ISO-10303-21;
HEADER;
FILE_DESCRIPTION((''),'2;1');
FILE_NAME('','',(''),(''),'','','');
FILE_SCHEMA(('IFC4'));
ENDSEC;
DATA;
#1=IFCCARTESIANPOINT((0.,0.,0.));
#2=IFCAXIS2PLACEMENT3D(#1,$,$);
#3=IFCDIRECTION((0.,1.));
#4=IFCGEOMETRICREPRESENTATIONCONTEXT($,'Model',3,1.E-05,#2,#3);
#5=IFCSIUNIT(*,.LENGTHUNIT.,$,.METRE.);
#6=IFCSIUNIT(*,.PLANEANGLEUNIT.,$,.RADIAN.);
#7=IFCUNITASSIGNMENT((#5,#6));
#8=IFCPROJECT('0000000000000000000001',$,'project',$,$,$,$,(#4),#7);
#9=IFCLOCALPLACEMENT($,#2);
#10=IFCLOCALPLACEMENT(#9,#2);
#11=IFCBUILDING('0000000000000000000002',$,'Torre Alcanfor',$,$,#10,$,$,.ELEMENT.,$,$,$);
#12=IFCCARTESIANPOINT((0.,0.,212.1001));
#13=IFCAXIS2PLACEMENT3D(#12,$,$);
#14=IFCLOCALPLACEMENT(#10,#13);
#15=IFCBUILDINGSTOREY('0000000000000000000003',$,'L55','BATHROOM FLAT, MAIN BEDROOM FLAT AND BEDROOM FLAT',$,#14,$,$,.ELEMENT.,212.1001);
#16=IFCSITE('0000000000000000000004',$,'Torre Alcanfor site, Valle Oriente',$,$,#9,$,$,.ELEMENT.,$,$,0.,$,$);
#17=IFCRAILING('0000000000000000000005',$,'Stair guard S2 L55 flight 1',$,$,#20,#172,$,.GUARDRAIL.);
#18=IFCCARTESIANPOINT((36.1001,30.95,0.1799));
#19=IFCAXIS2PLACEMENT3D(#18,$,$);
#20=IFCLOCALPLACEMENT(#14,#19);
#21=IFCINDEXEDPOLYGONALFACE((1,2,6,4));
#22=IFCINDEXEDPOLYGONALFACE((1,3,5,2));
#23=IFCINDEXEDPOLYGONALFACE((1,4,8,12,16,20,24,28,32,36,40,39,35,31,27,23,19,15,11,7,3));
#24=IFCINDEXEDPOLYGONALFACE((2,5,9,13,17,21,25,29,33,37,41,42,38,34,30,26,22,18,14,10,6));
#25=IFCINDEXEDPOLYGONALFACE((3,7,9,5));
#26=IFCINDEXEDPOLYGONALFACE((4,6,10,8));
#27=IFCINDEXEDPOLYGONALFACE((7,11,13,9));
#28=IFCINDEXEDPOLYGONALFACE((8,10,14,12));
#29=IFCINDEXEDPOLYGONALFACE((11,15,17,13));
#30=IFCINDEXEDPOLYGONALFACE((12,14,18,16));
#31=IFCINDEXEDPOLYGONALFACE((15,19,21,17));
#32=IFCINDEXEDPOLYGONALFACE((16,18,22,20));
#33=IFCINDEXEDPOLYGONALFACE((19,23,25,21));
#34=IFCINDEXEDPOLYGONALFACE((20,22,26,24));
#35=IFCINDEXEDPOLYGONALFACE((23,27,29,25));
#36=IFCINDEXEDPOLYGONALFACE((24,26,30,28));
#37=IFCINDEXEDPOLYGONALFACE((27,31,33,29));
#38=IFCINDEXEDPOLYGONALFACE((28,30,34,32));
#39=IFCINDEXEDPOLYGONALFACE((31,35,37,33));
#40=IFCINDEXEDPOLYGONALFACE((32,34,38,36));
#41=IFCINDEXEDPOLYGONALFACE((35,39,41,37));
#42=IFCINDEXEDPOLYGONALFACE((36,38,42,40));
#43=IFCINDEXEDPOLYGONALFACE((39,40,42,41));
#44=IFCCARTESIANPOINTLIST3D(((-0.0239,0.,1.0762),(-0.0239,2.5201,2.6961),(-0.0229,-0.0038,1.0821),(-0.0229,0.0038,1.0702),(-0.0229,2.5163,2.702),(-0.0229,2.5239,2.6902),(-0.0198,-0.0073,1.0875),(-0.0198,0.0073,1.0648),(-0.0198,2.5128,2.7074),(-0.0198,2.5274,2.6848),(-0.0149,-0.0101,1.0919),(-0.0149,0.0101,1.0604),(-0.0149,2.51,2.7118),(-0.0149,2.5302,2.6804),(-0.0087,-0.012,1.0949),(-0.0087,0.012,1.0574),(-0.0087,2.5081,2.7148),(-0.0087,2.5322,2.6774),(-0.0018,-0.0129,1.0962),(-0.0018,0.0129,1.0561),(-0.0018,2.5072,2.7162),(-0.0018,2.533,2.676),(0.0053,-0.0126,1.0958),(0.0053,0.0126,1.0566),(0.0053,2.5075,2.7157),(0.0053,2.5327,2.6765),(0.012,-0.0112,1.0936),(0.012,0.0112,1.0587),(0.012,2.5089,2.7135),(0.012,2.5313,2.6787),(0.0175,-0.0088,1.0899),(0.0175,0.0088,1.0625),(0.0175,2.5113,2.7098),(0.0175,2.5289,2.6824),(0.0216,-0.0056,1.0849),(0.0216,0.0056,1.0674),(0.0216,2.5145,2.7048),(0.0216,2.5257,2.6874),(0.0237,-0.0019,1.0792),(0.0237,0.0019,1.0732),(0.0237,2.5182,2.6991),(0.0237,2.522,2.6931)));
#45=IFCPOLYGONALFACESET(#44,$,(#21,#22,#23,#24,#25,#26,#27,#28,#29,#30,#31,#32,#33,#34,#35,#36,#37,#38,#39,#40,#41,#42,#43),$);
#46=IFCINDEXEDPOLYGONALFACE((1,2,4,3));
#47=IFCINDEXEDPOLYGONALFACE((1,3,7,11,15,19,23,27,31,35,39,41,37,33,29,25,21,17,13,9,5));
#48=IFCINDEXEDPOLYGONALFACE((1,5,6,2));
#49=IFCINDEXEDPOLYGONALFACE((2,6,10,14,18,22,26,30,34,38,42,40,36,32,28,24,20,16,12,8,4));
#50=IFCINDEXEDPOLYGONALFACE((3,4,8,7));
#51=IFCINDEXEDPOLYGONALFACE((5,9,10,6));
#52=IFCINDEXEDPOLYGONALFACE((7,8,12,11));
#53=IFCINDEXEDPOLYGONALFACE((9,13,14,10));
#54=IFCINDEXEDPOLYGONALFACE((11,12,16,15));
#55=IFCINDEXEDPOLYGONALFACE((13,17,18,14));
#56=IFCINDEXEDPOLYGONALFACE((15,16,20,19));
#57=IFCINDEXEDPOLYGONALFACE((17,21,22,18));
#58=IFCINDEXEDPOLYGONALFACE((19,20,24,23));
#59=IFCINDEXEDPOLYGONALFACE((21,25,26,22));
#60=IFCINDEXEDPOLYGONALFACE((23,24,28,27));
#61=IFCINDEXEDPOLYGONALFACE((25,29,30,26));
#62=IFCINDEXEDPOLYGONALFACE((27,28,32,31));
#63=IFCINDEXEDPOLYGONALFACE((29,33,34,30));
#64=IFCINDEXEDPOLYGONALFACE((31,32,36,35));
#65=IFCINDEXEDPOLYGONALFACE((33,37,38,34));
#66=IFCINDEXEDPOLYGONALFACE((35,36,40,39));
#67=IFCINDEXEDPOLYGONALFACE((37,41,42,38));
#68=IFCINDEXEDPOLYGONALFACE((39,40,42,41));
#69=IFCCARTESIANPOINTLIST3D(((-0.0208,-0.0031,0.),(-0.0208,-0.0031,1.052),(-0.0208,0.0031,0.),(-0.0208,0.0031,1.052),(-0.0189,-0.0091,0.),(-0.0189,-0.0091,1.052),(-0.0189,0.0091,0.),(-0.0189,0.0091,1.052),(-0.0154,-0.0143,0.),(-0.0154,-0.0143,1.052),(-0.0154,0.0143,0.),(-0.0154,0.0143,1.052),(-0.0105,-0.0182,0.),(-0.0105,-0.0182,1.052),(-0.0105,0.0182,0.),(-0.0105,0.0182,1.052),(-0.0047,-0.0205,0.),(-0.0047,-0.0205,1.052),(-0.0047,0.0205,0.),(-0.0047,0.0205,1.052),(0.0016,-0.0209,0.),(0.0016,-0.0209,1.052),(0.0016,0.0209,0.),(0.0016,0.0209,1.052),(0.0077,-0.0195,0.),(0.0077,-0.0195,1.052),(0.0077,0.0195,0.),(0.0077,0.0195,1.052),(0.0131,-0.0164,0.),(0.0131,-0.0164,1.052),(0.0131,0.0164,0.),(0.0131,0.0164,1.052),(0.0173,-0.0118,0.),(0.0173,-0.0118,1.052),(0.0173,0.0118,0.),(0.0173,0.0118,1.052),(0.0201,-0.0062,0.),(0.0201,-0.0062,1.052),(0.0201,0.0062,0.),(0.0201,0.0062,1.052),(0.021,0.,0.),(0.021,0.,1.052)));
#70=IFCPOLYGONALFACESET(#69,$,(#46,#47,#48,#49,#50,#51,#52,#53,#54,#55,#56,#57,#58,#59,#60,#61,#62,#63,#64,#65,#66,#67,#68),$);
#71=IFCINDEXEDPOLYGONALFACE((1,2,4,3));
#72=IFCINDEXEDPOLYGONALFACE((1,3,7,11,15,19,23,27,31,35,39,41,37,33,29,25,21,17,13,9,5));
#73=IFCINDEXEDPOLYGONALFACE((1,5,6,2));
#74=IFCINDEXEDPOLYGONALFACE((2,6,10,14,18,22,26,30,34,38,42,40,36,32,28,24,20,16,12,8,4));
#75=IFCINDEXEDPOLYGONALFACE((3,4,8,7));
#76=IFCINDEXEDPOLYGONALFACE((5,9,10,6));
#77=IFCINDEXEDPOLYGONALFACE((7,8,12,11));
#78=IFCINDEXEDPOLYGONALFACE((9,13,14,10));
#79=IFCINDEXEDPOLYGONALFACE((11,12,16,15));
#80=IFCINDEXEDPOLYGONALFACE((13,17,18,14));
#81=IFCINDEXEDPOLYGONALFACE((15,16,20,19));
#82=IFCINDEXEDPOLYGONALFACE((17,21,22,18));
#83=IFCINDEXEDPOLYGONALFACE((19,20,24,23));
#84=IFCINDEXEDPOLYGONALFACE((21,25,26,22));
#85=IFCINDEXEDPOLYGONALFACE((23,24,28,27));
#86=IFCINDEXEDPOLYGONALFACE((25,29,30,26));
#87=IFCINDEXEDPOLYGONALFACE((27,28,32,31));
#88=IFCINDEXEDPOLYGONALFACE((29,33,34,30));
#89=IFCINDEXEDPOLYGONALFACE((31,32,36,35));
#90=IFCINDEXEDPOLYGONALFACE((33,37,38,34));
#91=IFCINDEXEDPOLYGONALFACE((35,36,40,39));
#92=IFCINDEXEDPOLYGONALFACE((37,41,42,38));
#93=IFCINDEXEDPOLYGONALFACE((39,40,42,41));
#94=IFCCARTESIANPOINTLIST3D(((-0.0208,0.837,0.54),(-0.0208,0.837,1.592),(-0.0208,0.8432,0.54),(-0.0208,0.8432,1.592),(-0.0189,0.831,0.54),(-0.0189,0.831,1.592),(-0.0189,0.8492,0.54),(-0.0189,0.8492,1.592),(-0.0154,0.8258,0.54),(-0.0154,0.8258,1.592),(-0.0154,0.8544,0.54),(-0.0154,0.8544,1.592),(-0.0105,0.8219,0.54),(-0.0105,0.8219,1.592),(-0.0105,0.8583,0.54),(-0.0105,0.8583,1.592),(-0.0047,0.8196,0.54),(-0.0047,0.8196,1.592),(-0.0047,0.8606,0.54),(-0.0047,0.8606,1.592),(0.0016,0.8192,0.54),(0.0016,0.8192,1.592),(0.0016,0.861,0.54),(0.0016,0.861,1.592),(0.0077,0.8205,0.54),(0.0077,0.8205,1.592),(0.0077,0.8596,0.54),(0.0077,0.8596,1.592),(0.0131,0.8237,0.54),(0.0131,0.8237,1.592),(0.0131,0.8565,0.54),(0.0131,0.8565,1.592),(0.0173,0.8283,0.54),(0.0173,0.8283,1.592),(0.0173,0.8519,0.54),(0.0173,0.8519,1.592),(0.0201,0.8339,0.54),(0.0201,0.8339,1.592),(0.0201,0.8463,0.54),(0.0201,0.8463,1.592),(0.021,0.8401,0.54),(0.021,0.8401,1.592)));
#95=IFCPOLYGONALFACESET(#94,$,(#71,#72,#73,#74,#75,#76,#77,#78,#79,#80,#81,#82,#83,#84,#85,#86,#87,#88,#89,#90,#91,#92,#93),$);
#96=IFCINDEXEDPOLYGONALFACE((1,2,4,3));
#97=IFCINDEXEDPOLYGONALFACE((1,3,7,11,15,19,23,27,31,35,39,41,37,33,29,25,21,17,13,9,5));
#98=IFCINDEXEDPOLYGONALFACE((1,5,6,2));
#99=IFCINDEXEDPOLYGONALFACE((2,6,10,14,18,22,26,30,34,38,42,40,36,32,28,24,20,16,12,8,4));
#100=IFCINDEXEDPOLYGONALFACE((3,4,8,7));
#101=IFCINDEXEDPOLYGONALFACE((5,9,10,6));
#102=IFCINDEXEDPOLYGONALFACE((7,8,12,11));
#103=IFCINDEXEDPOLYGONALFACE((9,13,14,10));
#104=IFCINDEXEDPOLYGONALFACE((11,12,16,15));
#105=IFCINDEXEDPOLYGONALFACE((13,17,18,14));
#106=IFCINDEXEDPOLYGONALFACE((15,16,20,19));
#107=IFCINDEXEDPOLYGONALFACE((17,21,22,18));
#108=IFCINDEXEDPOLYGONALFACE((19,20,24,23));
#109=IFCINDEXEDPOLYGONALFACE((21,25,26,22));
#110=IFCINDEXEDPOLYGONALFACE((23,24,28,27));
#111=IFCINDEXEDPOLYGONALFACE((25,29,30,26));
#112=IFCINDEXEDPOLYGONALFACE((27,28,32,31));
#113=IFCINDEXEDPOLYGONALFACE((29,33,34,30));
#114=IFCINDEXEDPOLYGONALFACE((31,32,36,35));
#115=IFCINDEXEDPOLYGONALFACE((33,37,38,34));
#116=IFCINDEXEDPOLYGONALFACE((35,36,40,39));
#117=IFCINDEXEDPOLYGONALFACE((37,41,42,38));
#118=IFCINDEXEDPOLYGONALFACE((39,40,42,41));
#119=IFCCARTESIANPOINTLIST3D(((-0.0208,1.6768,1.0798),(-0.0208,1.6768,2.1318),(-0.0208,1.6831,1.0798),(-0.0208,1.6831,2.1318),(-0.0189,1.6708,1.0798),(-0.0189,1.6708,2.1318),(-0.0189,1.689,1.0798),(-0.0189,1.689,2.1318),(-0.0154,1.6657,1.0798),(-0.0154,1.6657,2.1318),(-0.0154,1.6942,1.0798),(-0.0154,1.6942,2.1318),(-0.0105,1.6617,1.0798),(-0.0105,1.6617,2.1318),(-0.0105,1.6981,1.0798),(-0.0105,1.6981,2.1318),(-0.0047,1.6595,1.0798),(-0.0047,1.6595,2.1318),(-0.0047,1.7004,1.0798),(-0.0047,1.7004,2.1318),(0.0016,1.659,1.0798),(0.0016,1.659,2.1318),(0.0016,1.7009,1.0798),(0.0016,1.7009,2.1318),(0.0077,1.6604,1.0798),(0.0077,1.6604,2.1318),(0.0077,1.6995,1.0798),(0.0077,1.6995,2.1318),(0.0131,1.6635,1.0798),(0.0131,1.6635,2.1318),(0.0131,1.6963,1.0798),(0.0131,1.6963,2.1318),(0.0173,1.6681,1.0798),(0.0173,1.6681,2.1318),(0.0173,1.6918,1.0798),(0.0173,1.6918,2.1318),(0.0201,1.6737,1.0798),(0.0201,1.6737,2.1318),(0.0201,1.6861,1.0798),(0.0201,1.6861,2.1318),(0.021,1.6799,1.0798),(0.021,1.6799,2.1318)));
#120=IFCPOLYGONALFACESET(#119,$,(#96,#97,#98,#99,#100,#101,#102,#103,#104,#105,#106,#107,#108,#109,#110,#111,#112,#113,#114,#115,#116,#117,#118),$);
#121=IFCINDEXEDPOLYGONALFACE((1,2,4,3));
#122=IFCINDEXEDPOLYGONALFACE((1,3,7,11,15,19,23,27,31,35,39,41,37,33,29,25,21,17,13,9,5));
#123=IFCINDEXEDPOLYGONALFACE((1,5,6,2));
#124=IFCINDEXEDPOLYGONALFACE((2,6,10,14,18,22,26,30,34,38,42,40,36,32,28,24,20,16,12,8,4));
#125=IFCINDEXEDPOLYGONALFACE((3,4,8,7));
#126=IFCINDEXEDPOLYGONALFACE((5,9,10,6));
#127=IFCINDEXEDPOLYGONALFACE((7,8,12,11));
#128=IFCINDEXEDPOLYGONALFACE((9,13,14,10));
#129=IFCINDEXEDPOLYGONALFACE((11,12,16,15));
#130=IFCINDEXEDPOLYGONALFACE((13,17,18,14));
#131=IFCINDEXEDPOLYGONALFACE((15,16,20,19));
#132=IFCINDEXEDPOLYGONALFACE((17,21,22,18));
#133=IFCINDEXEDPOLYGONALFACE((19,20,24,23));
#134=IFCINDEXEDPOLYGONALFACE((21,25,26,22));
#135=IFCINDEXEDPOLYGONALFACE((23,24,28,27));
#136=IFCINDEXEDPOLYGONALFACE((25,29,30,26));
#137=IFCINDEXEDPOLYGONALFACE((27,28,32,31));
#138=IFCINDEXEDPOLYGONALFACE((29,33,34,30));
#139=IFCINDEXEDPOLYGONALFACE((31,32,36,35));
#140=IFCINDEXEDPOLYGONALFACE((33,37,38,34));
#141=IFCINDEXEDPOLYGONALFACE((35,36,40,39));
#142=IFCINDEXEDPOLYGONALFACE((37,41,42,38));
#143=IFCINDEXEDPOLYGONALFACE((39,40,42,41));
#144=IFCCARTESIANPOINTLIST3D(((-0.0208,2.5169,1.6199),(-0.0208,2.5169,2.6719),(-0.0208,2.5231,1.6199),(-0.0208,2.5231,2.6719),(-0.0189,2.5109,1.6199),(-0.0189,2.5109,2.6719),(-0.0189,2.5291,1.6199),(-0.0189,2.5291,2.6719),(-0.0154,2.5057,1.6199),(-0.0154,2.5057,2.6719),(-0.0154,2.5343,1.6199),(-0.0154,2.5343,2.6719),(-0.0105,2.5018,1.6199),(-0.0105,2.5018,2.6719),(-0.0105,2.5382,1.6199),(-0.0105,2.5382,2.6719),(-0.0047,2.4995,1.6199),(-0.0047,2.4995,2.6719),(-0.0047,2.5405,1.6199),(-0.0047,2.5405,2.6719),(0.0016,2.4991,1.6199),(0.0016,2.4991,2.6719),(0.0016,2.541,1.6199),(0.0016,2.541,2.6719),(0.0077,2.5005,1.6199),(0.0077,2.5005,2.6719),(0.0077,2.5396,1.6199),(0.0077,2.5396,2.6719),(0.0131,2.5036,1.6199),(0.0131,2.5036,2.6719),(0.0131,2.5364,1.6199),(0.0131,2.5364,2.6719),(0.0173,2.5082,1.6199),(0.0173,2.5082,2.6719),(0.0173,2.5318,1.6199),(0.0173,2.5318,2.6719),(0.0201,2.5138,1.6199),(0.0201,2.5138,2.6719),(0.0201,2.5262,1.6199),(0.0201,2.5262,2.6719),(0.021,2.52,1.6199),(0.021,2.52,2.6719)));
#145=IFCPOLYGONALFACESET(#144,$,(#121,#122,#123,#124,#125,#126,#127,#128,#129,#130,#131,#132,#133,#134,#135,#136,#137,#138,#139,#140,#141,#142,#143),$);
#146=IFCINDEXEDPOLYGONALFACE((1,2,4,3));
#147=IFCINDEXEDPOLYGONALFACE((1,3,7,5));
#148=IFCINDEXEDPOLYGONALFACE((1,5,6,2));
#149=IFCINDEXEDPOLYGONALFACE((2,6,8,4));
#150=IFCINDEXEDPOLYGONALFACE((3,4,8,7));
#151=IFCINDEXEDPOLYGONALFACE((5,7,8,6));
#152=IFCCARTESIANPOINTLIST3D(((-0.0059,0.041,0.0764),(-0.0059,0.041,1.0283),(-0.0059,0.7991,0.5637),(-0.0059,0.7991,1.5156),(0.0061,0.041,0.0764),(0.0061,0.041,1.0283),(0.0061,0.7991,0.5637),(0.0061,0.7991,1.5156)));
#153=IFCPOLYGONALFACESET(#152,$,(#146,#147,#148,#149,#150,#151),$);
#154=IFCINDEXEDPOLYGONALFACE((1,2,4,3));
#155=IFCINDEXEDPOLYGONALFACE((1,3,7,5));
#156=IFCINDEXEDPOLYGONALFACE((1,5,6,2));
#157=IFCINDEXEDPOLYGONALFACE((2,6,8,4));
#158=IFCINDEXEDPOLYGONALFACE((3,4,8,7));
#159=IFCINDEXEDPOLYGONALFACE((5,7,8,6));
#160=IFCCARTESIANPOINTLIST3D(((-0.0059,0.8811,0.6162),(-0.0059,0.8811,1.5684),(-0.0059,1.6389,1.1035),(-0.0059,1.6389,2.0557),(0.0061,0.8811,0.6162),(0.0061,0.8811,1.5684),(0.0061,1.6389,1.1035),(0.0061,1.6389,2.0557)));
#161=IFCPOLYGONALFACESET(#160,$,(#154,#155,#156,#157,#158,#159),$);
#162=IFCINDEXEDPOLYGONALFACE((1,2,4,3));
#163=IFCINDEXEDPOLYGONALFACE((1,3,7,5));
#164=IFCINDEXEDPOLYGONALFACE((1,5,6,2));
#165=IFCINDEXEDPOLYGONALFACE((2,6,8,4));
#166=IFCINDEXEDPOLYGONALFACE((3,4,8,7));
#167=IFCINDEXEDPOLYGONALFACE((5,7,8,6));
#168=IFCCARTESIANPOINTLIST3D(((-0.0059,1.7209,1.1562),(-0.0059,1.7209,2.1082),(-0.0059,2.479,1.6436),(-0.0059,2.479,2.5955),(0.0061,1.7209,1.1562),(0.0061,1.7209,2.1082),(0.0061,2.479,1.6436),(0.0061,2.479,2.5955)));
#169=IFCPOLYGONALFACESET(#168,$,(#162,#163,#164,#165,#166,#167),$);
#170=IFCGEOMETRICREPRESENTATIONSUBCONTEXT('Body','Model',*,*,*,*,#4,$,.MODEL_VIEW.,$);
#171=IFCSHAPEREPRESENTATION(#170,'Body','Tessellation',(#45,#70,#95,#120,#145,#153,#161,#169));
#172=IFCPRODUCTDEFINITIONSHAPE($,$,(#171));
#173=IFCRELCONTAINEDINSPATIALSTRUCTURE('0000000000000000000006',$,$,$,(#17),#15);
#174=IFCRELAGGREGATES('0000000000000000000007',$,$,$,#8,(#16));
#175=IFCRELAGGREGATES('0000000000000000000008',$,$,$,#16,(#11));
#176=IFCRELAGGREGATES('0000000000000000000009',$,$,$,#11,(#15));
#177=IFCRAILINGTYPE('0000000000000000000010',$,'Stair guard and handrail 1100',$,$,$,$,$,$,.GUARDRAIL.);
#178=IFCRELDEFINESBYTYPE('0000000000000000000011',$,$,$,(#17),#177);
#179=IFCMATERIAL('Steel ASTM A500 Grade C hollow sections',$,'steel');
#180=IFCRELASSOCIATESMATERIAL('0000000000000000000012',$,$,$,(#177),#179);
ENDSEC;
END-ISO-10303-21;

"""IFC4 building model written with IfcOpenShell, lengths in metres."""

from ifc_helpers import new_model, si_unit, direction, frame, origin, origin_2d, place, context, subcontext, project, spatial, polyline, circle, outline, extrude, material, type_object, element, save


model = new_model("IFC4")

# Units and contexts
model_context = context("Model", 3, precision=1e-05, world=origin(), true_north=direction((0.0, 1.0)))
body_context = subcontext(model_context, "Body", "Model", "MODEL_VIEW")
ifc_project = project(units=[si_unit("LENGTHUNIT", "METRE"), si_unit("PLANEANGLEUNIT", "RADIAN")], contexts=[model_context])

# Site, building, storey
site_placement = place(None, origin())
site = spatial("IfcSite", under=ifc_project, at=site_placement, Name="Torre Alcanfor site, Valle Oriente", CompositionType="ELEMENT", RefElevation=0.0)
building_placement = place(site_placement, origin())
building = spatial("IfcBuilding", under=site, at=building_placement, Name="Torre Alcanfor", CompositionType="ELEMENT")
storey_placement = place(building_placement, frame((0.0, 0.0, 212.1001)))
storey = spatial("IfcBuildingStorey", under=building, at=storey_placement, Name="L55", Description="BATHROOM FLAT, MAIN BEDROOM FLAT AND BEDROOM FLAT", CompositionType="ELEMENT", Elevation=212.1001)

# Railing
ifc_material_1 = material(Name="Steel ASTM A500 Grade C hollow sections", Category="steel")
railing_type_1 = type_object("IfcRailingType", Name="Stair guard and handrail 1100", PredefinedType="GUARDRAIL", material=ifc_material_1)
railing_1_placement = place(storey_placement, frame((36.1001, 30.95, 0.1799)))
element("IfcRailing", 1, at=railing_1_placement, inside=storey, type_object=railing_type_1, Name="Stair guard S2 L55 flight 1", PredefinedType="GUARDRAIL", context=body_context, shape_type="SweptSolid", body=[
    extrude(circle(Radius=0.0239, at=origin_2d()), frame((0.0, 0.0, 1.0762), z_axis=(0.0, 0.8412, 0.540725), x_axis=(-1.0, 0.0, 0.0)), (0.0, 0.0, 1.0), 2.9958),
    extrude(circle(Radius=0.021, at=origin_2d()), origin(), (0.0, 0.0, 1.0), 1.052),
    extrude(circle(Radius=0.021, at=origin_2d()), frame((0.0, 0.8401, 0.54)), (0.0, 0.0, 1.0), 1.052),
    extrude(circle(Radius=0.021, at=origin_2d()), frame((0.0, 1.6799, 1.0798)), (0.0, 0.0, 1.0), 1.052),
    extrude(circle(Radius=0.021, at=origin_2d()), frame((0.0, 2.52, 1.6199)), (0.0, 0.0, 1.0), 1.052),
    extrude(outline(polyline([(0.041, 0.0764), (0.7991, 0.5637), (0.7991, 1.5156), (0.041, 1.0283), (0.041, 0.0764)])), frame((-0.0059, 0.0, 0.0), z_axis=(1.0, 0.0, 0.0), x_axis=(0.0, 1.0, 0.0)), (0.0, 0.0, 1.0), 0.012),
    extrude(outline(polyline([(0.8811, 0.6162), (1.6389, 1.1035), (1.6389, 2.0557), (0.8811, 1.5684), (0.8811, 0.6162)])), frame((-0.0059, 0.0, 0.0), z_axis=(1.0, 0.0, 0.0), x_axis=(0.0, 1.0, 0.0)), (0.0, 0.0, 1.0), 0.012),
    extrude(outline(polyline([(1.7209, 1.1562), (2.479, 1.6436), (2.479, 2.5955), (1.7209, 2.1082), (1.7209, 1.1562)])), frame((-0.0059, 0.0, 0.0), z_axis=(1.0, 0.0, 0.0), x_axis=(0.0, 1.0, 0.0)), (0.0, 0.0, 1.0), 0.012),
])

save(model, "model.ifc")
